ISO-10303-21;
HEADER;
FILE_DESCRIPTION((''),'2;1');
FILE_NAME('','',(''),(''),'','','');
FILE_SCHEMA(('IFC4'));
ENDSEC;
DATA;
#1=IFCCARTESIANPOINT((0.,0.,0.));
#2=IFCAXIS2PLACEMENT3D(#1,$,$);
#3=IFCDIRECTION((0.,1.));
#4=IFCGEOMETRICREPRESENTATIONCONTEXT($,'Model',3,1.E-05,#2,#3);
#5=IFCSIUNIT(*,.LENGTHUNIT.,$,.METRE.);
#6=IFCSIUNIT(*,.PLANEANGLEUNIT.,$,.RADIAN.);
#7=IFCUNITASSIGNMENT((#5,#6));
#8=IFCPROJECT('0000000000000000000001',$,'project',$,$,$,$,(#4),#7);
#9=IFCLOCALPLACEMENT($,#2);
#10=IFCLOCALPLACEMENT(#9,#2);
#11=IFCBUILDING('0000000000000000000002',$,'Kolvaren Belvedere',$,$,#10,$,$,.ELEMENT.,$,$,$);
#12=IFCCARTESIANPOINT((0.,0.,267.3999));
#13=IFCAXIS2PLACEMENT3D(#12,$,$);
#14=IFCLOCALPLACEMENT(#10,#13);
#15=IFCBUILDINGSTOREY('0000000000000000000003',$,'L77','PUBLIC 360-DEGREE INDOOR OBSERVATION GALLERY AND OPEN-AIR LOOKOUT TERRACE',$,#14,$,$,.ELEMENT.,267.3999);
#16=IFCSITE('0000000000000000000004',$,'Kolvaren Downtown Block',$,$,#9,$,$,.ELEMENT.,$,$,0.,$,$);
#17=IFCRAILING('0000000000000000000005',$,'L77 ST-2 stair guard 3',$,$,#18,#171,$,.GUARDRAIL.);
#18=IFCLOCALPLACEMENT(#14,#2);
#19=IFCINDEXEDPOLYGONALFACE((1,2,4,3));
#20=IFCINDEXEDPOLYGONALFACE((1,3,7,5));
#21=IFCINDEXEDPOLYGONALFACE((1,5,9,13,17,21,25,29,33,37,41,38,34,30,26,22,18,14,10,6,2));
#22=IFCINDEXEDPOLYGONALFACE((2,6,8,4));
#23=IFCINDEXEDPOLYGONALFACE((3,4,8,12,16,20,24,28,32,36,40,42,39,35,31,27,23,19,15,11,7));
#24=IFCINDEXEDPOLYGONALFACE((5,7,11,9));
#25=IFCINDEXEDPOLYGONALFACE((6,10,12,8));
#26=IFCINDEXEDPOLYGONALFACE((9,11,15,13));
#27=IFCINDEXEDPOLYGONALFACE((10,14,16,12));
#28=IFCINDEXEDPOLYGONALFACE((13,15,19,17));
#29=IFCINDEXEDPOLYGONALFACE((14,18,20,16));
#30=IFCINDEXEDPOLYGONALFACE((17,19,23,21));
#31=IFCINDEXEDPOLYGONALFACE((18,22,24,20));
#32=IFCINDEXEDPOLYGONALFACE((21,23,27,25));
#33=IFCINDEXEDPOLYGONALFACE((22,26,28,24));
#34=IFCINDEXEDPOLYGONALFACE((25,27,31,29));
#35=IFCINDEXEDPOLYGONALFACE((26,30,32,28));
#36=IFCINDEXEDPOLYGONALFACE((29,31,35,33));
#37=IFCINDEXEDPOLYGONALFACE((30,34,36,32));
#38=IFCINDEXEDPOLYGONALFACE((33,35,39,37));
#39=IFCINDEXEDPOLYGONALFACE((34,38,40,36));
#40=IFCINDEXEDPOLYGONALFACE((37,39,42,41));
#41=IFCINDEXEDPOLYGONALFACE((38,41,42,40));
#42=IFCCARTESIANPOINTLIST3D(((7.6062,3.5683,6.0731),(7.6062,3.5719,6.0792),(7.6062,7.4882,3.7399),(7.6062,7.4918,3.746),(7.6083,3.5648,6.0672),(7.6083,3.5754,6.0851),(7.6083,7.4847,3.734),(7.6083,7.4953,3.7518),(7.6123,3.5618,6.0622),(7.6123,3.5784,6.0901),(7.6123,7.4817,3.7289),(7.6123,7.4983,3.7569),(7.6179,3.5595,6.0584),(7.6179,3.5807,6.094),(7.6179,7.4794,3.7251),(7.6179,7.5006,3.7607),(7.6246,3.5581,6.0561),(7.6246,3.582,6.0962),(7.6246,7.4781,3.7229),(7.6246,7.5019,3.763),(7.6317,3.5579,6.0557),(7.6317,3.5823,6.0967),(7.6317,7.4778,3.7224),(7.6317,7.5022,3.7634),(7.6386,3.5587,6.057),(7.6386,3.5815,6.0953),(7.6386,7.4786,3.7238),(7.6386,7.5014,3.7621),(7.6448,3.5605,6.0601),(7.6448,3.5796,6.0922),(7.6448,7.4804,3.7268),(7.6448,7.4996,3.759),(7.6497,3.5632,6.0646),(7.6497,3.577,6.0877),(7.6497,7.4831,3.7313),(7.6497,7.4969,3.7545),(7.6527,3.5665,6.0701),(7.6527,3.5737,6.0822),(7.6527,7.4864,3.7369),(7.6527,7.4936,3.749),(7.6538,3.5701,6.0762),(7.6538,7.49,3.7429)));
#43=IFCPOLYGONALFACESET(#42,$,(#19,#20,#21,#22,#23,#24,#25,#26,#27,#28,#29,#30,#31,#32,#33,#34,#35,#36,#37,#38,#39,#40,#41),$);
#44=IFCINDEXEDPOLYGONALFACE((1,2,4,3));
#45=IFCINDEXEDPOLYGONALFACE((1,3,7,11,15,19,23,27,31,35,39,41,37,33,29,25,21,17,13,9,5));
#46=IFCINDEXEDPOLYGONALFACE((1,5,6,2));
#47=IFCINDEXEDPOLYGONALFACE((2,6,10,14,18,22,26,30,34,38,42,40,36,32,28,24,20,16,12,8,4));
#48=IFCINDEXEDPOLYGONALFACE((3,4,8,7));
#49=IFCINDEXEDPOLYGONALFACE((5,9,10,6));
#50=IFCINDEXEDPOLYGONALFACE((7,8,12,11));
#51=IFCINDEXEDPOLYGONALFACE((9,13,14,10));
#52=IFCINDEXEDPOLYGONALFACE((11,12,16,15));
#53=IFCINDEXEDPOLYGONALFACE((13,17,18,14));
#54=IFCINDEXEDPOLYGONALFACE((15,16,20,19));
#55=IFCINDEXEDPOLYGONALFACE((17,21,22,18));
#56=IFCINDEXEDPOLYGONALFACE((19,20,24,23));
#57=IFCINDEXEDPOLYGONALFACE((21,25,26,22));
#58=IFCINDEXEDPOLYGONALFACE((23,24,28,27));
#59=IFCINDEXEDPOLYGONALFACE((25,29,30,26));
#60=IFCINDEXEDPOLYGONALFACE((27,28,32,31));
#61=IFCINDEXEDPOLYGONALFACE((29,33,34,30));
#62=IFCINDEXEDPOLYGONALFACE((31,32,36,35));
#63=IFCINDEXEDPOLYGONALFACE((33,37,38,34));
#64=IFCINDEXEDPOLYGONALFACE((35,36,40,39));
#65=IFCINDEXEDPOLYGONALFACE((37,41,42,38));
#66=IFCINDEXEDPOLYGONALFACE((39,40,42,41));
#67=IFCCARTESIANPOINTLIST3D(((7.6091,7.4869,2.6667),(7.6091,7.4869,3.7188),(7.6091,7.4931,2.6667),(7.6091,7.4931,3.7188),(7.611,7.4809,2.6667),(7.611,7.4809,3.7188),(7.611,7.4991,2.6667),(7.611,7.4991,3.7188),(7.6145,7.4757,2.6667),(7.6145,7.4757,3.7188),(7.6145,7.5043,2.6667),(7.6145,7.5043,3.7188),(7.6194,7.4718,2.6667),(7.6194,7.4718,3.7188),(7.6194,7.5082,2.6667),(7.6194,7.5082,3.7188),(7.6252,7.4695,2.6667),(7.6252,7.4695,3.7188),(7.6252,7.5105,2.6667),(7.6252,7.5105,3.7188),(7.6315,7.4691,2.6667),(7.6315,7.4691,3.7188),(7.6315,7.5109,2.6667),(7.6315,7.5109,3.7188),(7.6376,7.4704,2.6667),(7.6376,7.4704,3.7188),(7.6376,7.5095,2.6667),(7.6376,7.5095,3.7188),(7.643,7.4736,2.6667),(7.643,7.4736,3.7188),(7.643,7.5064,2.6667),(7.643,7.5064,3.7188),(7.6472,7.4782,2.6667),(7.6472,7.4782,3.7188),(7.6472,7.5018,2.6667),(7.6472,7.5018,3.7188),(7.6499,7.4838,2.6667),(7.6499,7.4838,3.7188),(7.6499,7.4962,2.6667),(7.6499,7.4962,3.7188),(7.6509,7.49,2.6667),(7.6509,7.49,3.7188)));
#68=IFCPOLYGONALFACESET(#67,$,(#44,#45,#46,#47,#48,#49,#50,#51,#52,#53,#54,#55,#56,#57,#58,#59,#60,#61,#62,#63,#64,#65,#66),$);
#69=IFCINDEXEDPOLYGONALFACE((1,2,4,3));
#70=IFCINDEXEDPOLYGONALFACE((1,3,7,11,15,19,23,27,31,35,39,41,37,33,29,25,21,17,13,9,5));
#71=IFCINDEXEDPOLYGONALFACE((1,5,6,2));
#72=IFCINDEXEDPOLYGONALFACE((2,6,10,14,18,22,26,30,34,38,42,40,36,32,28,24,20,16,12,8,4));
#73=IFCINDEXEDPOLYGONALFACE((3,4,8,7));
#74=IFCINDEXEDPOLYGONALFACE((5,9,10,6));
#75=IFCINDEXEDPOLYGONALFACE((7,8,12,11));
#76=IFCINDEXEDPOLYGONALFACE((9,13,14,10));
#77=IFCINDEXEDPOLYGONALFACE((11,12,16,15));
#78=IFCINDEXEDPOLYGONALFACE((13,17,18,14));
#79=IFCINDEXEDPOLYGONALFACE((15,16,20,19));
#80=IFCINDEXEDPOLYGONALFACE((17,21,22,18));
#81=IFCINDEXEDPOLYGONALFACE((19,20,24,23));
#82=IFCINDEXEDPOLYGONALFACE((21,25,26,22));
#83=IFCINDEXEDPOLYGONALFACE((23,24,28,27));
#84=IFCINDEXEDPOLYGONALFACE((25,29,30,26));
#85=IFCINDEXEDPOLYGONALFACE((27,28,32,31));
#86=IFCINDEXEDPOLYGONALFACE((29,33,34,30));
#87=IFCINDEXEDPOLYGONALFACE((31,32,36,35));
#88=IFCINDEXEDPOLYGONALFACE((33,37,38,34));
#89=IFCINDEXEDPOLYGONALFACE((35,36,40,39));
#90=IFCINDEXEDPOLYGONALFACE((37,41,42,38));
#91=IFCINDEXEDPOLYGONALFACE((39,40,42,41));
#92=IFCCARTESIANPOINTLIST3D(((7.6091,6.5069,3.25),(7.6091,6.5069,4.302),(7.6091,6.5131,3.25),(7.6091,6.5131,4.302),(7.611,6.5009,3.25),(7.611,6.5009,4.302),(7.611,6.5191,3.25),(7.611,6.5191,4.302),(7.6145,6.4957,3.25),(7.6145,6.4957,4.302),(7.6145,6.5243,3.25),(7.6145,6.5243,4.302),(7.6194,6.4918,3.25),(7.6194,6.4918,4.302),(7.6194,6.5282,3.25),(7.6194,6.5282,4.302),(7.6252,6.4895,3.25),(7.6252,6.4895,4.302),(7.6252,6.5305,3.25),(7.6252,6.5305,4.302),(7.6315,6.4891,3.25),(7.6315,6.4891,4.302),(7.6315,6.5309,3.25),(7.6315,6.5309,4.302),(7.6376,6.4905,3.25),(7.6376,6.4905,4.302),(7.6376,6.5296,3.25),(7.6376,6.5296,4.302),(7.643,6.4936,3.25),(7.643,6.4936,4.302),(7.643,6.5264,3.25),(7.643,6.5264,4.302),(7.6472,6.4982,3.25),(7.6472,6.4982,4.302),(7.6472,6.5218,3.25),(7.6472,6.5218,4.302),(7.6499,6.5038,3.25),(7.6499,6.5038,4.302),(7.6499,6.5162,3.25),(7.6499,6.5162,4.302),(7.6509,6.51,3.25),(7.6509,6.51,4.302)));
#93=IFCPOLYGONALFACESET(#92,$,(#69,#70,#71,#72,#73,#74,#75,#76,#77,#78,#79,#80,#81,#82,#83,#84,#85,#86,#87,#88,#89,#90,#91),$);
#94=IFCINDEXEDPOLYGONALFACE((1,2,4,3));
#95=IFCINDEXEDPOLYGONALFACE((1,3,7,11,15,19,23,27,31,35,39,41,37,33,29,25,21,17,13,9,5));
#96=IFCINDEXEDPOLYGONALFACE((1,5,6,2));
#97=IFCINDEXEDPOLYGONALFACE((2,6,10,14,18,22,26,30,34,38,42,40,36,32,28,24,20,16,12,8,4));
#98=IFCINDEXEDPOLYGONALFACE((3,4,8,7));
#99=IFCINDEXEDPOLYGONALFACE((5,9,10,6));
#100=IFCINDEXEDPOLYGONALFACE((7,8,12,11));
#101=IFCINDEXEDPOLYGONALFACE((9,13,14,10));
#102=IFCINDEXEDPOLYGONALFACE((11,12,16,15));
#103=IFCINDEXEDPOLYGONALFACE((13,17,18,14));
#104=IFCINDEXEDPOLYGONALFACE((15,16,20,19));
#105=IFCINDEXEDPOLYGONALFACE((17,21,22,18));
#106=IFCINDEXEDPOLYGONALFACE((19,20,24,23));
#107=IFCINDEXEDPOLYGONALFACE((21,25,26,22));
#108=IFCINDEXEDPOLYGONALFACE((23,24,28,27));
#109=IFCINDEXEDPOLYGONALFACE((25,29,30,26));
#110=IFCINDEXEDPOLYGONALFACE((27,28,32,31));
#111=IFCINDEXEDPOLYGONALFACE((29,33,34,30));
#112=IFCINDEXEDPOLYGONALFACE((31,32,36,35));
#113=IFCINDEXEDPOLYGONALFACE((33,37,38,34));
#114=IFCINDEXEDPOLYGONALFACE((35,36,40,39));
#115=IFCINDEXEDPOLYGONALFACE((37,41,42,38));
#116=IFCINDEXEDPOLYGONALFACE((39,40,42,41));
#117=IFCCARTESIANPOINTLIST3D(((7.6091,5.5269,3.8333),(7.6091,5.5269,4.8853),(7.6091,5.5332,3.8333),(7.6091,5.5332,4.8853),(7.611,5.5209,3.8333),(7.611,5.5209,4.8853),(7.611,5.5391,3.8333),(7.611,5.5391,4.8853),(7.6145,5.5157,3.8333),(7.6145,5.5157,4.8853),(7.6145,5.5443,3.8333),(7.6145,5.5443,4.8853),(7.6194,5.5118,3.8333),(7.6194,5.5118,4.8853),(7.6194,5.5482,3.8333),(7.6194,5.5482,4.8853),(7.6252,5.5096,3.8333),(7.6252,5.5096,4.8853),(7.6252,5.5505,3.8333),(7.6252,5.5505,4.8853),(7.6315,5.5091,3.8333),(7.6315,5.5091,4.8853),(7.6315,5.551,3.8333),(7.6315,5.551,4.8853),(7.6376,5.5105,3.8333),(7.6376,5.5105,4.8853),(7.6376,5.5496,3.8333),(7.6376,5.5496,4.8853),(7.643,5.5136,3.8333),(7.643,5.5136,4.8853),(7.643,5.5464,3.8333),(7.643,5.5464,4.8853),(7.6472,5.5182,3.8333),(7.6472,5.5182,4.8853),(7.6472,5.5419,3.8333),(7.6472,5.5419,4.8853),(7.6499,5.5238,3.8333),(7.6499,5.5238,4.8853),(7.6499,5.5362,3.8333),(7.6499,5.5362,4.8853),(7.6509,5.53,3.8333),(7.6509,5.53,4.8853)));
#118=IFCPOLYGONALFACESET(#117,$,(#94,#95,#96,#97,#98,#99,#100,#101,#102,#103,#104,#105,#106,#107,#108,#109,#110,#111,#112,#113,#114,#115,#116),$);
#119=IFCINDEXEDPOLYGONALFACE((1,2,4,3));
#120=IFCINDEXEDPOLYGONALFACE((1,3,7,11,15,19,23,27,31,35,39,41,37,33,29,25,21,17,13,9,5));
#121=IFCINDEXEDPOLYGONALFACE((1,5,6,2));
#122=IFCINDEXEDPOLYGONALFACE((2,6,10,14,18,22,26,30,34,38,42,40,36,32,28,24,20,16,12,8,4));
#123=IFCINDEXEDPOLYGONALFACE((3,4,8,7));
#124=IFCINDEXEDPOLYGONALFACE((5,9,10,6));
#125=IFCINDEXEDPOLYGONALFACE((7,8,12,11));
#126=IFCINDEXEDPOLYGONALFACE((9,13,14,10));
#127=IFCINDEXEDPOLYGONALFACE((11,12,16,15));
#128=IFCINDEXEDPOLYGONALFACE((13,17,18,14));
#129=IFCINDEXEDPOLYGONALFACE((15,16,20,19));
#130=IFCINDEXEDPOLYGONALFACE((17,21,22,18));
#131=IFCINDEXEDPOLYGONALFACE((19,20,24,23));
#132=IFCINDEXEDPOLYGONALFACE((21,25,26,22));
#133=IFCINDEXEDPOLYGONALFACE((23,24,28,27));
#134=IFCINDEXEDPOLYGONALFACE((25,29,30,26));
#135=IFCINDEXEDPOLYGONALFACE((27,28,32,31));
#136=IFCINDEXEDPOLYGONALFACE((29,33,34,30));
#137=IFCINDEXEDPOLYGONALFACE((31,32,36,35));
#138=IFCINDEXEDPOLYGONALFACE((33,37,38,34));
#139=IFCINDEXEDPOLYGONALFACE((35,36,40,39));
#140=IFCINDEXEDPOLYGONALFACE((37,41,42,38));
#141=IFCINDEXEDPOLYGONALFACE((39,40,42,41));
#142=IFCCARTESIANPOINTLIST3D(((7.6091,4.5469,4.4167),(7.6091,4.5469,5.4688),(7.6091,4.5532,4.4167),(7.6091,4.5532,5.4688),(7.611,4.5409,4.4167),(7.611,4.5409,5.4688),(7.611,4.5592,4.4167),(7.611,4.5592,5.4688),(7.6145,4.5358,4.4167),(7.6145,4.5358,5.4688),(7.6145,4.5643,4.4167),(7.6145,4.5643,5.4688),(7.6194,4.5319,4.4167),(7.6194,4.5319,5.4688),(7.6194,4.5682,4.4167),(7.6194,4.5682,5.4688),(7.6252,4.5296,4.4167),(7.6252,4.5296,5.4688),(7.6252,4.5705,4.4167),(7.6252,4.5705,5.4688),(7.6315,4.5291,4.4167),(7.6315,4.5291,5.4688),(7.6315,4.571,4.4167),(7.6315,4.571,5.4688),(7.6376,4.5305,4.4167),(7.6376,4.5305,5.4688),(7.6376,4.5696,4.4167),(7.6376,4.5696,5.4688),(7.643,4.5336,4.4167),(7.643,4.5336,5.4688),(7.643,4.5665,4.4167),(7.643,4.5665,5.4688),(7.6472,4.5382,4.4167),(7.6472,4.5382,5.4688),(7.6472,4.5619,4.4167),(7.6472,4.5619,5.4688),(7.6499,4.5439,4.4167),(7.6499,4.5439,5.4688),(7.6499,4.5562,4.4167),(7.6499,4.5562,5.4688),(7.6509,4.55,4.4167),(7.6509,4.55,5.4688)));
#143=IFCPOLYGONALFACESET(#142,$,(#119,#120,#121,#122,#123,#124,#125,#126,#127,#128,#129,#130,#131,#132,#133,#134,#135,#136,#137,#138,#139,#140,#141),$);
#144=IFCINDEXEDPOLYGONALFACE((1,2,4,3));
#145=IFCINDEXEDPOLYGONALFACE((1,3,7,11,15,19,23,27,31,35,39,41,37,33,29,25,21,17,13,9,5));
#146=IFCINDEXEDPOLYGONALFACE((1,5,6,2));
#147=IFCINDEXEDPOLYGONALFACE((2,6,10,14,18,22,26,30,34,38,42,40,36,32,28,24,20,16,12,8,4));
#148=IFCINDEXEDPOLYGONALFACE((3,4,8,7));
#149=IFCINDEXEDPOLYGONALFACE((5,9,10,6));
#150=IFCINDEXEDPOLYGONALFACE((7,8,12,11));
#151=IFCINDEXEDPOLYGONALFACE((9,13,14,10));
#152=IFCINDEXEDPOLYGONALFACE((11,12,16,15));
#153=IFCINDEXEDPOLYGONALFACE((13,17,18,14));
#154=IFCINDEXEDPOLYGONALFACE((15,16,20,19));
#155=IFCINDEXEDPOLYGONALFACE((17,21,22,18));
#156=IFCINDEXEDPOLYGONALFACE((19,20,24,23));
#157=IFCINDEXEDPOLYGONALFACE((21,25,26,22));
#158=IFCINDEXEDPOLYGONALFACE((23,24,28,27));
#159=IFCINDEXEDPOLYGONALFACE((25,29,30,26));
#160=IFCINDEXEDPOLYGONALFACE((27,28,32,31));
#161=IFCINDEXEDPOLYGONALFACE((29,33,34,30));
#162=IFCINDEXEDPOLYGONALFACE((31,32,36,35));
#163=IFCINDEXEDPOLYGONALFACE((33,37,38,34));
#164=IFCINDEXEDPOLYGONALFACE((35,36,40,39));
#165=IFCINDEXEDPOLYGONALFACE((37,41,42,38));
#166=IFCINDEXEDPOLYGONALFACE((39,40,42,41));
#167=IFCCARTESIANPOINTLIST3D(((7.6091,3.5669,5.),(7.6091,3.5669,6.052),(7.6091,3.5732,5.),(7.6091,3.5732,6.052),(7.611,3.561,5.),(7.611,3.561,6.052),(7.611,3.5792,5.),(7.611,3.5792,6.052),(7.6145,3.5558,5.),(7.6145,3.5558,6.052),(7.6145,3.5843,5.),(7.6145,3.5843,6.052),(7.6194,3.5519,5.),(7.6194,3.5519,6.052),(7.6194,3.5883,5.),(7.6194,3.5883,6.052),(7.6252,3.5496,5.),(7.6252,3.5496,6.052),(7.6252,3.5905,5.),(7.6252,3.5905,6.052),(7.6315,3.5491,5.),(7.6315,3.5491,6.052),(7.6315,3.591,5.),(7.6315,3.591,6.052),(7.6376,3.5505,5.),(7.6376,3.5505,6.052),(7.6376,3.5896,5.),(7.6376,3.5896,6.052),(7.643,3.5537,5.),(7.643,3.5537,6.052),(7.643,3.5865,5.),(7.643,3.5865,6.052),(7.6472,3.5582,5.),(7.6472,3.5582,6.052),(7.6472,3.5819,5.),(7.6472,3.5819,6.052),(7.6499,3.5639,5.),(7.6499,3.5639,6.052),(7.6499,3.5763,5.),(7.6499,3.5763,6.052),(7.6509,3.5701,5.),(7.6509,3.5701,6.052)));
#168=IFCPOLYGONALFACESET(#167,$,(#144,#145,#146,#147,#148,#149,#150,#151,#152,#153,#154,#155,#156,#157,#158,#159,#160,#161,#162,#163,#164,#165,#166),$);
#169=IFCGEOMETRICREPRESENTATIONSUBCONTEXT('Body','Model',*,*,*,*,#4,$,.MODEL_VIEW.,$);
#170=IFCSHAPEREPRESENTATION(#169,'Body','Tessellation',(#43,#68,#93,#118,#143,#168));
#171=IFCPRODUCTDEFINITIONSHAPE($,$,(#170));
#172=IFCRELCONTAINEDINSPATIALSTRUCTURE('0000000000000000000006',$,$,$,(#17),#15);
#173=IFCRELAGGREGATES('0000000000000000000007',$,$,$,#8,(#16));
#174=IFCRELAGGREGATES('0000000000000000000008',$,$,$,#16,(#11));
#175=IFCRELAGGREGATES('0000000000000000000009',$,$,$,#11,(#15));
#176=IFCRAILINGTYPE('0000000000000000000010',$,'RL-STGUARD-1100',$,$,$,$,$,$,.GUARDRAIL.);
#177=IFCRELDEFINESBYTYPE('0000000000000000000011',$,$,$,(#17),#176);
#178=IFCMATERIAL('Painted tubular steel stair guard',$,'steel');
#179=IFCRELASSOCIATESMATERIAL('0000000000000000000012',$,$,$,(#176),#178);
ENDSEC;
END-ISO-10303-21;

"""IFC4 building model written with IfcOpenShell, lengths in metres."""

from ifc_helpers import new_model, si_unit, direction, frame, origin, origin_2d, place, context, subcontext, project, spatial, circle, extrude, material, type_object, element, save


model = new_model("IFC4")

# Units and contexts
model_context = context("Model", 3, precision=1e-05, world=origin(), true_north=direction((0.0, 1.0)))
body_context = subcontext(model_context, "Body", "Model", "MODEL_VIEW")
ifc_project = project(units=[si_unit("LENGTHUNIT", "METRE"), si_unit("PLANEANGLEUNIT", "RADIAN")], contexts=[model_context])

# Site, building, storey
site_placement = place(None, origin())
site = spatial("IfcSite", under=ifc_project, at=site_placement, Name="Kolvaren Downtown Block", CompositionType="ELEMENT", RefElevation=0.0)
building_placement = place(site_placement, origin())
building = spatial("IfcBuilding", under=site, at=building_placement, Name="Kolvaren Belvedere", CompositionType="ELEMENT")
storey_placement = place(building_placement, frame((0.0, 0.0, 267.3999)))
storey = spatial("IfcBuildingStorey", under=building, at=storey_placement, Name="L77", Description="PUBLIC 360-DEGREE INDOOR OBSERVATION GALLERY AND OPEN-AIR LOOKOUT TERRACE", CompositionType="ELEMENT", Elevation=267.3999)

# Railing
ifc_material_1 = material(Name="Painted tubular steel stair guard", Category="steel")
railing_type_1 = type_object("IfcRailingType", Name="RL-STGUARD-1100", PredefinedType="GUARDRAIL", material=ifc_material_1)
railing_1_placement = place(storey_placement, frame((7.6299, 7.49, 2.6667)))
element("IfcRailing", 1, at=railing_1_placement, inside=storey, type_object=railing_type_1, Name="L77 ST-2 stair guard 3", PredefinedType="GUARDRAIL", context=body_context, shape_type="SweptSolid", body=[
    extrude(circle(Radius=0.0239, at=origin_2d()), frame((0.0, 0.0, 1.0762), z_axis=(0.0, -0.859296, 0.511478), x_axis=(1.0, 0.0, 0.0)), (0.0, 0.0, 1.0), 4.5618),
    extrude(circle(Radius=0.021, at=origin_2d()), origin(), (0.0, 0.0, 1.0), 1.052),
    extrude(circle(Radius=0.021, at=origin_2d()), frame((0.0, -0.98, 0.5833)), (0.0, 0.0, 1.0), 1.052),
    extrude(circle(Radius=0.021, at=origin_2d()), frame((0.0, -1.96, 1.1665)), (0.0, 0.0, 1.0), 1.052),
    extrude(circle(Radius=0.021, at=origin_2d()), frame((0.0, -2.9399, 1.75)), (0.0, 0.0, 1.0), 1.052),
    extrude(circle(Radius=0.021, at=origin_2d()), frame((0.0, -3.9199, 2.3333)), (0.0, 0.0, 1.0), 1.052),
])

save(model, "model.ifc")
